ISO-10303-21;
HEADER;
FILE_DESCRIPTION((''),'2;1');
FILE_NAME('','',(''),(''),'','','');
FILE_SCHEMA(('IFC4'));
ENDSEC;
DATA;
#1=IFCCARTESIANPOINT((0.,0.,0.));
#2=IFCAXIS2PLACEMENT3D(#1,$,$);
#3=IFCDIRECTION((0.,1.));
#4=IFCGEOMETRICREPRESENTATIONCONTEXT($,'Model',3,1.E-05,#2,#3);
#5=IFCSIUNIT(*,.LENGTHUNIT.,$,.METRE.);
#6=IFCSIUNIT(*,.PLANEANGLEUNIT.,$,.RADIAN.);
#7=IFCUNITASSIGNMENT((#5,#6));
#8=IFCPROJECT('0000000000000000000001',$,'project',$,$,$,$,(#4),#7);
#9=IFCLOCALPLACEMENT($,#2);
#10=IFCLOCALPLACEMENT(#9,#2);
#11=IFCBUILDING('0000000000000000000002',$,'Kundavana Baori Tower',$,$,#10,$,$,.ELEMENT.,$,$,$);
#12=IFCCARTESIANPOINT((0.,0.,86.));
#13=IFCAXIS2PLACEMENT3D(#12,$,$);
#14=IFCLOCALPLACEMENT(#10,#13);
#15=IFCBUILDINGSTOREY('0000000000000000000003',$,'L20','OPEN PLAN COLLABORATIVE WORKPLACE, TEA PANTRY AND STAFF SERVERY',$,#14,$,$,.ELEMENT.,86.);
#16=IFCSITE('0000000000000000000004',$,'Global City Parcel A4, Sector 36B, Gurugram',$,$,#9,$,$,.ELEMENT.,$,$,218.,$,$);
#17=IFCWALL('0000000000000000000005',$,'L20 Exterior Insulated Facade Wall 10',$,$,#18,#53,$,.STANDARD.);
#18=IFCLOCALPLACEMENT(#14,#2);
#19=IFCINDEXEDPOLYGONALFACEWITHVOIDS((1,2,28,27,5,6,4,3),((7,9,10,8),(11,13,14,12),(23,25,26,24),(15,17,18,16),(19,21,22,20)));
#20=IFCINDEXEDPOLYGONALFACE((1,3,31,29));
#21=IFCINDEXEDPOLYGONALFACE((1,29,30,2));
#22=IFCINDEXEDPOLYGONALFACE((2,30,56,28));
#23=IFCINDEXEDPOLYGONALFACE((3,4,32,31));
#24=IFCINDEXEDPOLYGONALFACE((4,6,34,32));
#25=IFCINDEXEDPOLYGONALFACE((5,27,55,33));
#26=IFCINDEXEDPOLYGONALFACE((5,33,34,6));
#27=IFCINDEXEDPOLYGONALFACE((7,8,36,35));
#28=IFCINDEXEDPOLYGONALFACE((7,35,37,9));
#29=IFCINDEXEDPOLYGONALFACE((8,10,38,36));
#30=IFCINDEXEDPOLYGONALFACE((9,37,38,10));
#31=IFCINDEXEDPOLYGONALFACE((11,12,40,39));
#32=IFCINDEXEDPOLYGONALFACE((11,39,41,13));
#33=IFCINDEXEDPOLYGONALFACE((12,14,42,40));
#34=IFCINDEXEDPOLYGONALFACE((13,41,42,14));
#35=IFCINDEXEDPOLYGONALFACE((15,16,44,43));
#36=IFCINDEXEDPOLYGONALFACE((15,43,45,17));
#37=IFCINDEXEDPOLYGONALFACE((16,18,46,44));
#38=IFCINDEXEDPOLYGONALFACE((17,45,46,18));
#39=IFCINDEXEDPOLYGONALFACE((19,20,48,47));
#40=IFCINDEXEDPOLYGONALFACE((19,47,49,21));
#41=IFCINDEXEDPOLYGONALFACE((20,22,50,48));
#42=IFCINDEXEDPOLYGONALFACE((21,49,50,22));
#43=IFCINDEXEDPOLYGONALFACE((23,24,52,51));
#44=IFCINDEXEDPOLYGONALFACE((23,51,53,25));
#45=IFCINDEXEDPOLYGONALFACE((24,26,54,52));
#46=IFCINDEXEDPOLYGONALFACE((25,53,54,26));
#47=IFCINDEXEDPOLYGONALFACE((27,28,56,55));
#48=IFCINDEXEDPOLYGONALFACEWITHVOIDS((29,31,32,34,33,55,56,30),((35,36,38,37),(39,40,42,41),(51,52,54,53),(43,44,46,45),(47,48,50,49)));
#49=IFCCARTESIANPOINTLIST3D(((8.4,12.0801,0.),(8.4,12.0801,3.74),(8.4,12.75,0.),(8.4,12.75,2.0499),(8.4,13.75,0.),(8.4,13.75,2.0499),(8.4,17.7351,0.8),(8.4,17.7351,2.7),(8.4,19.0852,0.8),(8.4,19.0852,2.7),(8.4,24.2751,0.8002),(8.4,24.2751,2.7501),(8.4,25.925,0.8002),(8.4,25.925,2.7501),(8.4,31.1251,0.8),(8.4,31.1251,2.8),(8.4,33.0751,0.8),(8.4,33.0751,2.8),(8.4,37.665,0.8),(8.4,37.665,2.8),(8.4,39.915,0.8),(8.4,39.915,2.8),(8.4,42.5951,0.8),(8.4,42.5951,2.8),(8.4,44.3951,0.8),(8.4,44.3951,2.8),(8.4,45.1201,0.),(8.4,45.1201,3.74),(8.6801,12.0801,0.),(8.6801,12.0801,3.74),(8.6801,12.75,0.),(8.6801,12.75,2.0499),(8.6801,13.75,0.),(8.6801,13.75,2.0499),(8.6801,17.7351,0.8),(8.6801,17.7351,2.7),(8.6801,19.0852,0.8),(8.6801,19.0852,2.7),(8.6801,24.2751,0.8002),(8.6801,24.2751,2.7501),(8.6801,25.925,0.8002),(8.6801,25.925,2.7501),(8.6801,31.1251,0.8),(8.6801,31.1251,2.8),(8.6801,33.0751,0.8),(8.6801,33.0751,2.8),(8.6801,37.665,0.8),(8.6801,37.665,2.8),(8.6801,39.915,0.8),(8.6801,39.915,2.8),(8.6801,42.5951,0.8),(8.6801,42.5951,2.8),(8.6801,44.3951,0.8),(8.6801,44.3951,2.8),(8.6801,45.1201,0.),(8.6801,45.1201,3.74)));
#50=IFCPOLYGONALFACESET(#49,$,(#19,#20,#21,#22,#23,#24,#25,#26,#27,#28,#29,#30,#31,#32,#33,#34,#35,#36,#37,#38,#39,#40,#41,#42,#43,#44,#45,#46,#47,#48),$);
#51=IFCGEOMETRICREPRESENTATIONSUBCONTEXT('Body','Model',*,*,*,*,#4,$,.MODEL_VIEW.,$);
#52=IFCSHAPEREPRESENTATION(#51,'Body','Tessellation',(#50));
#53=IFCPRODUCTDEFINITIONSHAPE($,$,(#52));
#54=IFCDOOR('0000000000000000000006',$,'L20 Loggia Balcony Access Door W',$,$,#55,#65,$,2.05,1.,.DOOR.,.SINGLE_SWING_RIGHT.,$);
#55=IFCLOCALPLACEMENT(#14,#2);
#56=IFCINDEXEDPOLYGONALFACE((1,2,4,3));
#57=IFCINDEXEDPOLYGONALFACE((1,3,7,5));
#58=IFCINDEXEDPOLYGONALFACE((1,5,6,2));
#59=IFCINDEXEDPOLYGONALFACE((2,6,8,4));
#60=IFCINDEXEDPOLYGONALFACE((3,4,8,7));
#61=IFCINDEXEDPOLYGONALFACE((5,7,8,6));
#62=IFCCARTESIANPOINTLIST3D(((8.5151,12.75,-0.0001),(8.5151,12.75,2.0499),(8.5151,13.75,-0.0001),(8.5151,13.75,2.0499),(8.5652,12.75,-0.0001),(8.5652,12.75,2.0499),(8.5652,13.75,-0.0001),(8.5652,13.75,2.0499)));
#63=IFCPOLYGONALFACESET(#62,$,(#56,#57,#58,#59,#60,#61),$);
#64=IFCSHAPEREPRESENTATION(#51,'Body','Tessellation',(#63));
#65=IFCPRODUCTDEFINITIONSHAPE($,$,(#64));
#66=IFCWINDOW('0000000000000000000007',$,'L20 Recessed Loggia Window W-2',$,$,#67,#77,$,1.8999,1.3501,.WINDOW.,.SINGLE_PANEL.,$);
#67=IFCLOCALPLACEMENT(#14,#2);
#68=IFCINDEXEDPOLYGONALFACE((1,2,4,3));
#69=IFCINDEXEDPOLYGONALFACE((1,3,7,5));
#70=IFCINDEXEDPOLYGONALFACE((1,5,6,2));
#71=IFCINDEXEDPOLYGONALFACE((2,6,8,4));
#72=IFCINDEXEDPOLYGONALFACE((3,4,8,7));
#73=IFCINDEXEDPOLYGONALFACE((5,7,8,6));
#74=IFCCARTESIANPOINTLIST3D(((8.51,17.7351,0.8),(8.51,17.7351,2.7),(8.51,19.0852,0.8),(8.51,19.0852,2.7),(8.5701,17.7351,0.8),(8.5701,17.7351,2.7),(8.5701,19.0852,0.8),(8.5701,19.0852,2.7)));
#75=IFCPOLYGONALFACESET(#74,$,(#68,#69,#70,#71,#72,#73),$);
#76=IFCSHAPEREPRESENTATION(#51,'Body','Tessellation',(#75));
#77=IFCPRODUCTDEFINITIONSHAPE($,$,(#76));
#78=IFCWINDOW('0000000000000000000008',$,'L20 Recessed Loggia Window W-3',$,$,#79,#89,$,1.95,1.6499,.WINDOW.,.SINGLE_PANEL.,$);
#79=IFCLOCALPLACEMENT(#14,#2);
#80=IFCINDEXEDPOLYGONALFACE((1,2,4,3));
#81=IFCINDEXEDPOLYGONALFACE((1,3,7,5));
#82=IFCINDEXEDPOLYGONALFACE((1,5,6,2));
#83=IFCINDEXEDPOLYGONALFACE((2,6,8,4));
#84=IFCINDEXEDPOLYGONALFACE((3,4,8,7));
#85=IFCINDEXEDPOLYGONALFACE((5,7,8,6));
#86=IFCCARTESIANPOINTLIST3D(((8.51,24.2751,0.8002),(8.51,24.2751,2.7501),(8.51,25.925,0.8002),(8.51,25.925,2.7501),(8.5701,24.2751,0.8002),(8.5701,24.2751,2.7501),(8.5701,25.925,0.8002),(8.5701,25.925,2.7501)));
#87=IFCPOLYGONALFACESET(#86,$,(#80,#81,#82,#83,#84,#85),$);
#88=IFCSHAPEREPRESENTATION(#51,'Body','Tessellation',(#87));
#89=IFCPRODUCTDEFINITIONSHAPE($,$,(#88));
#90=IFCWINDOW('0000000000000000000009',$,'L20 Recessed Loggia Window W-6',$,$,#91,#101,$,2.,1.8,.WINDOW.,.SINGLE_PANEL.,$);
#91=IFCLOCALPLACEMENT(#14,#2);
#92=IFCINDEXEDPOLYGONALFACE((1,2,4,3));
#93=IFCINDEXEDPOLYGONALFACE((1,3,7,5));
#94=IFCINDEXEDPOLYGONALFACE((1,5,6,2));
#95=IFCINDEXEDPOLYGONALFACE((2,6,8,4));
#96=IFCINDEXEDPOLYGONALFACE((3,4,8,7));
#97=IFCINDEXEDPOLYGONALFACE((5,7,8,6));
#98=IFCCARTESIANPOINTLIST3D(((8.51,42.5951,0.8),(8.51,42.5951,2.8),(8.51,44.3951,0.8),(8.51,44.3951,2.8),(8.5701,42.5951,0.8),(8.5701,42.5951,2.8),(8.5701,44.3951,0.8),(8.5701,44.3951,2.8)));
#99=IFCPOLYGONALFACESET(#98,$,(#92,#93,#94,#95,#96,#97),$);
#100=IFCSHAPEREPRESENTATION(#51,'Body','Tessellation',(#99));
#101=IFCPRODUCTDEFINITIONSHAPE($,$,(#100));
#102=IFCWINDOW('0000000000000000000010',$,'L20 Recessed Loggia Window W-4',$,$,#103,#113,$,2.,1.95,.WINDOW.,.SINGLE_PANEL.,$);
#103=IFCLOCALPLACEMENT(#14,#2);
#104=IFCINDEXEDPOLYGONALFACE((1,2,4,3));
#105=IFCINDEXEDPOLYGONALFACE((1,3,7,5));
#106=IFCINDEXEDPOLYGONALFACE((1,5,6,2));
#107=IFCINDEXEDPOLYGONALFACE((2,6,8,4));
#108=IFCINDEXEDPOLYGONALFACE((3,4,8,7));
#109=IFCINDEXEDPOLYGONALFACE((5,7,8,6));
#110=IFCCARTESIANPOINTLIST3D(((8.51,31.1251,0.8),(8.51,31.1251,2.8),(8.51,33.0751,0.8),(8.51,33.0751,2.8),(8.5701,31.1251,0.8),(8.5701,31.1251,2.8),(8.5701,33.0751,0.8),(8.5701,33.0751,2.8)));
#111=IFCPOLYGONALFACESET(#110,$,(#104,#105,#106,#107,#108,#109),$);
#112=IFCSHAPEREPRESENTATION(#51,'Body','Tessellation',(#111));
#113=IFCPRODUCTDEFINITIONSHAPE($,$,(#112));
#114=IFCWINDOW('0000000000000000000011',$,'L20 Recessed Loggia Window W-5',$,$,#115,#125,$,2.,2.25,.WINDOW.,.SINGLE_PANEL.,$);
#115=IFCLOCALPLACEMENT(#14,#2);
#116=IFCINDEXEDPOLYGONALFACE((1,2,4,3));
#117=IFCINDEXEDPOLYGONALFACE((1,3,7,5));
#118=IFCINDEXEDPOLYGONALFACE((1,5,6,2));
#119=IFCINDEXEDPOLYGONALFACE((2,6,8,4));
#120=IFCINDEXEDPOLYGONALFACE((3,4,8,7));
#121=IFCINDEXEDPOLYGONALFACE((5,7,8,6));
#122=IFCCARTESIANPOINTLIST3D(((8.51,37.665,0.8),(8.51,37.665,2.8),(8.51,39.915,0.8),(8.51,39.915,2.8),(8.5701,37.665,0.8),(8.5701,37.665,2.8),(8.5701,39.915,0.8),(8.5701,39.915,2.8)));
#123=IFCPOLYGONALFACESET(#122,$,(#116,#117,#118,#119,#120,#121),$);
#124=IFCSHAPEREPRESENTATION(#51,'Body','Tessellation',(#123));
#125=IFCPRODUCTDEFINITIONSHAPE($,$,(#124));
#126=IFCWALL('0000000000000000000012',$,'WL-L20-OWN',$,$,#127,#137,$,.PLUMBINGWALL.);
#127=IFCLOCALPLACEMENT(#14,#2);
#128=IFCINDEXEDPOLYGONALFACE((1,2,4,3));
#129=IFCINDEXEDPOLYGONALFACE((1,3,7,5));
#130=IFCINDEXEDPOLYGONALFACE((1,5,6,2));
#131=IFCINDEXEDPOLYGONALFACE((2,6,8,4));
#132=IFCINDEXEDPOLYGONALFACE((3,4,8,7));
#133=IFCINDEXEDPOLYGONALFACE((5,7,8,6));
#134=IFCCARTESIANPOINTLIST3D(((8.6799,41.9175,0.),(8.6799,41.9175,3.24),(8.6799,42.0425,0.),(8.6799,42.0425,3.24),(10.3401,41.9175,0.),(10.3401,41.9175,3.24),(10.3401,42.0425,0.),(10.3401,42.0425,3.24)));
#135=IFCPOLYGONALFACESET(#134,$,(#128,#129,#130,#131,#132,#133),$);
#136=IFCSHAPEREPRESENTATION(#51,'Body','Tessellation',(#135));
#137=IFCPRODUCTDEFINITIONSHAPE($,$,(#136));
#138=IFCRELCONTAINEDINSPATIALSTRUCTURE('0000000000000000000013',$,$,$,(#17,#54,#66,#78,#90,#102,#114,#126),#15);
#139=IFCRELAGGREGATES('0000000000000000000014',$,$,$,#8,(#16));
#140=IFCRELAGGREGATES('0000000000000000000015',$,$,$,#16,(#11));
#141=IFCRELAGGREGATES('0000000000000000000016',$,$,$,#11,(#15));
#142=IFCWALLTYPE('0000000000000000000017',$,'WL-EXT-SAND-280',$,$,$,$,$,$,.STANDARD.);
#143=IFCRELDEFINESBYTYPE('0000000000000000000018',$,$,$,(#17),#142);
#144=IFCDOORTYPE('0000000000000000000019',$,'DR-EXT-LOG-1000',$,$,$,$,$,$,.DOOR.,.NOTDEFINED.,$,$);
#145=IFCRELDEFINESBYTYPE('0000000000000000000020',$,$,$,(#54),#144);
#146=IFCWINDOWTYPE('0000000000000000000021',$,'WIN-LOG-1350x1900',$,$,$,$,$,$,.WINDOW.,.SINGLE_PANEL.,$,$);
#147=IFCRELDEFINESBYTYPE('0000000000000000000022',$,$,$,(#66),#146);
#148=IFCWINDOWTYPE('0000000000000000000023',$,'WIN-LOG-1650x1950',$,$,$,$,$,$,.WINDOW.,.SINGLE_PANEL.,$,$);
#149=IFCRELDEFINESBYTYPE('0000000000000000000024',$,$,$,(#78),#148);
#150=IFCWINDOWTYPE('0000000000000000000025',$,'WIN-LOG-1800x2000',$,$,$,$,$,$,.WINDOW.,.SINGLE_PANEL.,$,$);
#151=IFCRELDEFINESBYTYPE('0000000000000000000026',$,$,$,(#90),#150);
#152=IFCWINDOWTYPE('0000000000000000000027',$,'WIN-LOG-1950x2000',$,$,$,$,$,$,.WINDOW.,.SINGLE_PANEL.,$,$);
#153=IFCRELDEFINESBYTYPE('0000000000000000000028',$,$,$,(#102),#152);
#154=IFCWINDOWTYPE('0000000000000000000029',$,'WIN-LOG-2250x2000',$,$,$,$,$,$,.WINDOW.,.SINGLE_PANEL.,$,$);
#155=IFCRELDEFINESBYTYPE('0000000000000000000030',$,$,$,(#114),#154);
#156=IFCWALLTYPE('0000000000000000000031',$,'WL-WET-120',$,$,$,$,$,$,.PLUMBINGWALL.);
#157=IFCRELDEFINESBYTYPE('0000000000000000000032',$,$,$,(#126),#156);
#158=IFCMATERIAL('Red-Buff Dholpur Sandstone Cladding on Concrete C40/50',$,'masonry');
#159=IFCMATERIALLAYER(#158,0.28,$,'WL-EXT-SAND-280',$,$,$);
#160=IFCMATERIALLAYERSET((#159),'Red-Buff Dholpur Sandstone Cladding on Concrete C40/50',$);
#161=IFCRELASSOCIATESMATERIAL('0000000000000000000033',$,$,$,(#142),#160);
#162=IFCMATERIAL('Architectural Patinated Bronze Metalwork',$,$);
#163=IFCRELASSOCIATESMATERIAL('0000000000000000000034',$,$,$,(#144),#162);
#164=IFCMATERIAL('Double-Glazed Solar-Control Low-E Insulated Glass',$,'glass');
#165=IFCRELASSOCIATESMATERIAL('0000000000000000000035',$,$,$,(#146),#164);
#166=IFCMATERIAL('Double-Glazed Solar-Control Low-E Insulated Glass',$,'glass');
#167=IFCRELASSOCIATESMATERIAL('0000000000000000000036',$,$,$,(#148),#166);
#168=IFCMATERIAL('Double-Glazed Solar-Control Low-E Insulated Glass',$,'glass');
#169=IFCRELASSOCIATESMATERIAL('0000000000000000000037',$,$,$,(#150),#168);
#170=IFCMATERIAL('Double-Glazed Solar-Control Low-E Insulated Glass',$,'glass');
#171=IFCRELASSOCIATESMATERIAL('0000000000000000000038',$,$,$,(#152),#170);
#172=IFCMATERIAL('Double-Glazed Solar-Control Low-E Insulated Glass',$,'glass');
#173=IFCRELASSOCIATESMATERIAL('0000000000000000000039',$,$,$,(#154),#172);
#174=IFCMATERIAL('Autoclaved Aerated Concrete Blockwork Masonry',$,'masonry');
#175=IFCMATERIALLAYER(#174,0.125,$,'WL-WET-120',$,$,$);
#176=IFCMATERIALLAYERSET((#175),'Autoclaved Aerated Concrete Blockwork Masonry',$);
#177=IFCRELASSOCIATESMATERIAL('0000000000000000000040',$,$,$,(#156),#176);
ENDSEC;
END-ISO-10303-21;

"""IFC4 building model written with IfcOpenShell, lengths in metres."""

from ifc_helpers import new_model, si_unit, direction, frame, frame_2d, origin, place, context, subcontext, project, spatial, rectangle, extrude, material, layer, layer_set, type_object, element, fill, save


model = new_model("IFC4")

# Units and contexts
model_context = context("Model", 3, precision=1e-05, world=origin(), true_north=direction((0.0, 1.0)))
body_context = subcontext(model_context, "Body", "Model", "MODEL_VIEW")
ifc_project = project(units=[si_unit("LENGTHUNIT", "METRE"), si_unit("PLANEANGLEUNIT", "RADIAN")], contexts=[model_context])

# Site, building, storey
site_placement = place(None, origin())
site = spatial("IfcSite", under=ifc_project, at=site_placement, Name="Global City Parcel A4, Sector 36B, Gurugram", CompositionType="ELEMENT", RefElevation=218.0)
building_placement = place(site_placement, origin())
building = spatial("IfcBuilding", under=site, at=building_placement, Name="Kundavana Baori Tower", CompositionType="ELEMENT")
storey_placement = place(building_placement, frame((0.0, 0.0, 86.0)))
storey = spatial("IfcBuildingStorey", under=building, at=storey_placement, Name="L20", Description="OPEN PLAN COLLABORATIVE WORKPLACE, TEA PANTRY AND STAFF SERVERY", CompositionType="ELEMENT", Elevation=86.0)

# Shared definitions
ifc_material_1 = material(Name="Red-Buff Dholpur Sandstone Cladding on Concrete C40/50", Category="masonry")
ifc_layer_1 = layer(ifc_material_1, 0.28, Name="WL-EXT-SAND-280")
ifc_layer_set_1 = layer_set([ifc_layer_1], Name="Red-Buff Dholpur Sandstone Cladding on Concrete C40/50")
wall_type_1 = type_object("IfcWallType", Name="WL-EXT-SAND-280", PredefinedType="STANDARD", material=ifc_layer_set_1)

# Wall, openings, door, windows
wall_1_placement = place(storey_placement, frame((8.54, 45.1201, 0.0), z_axis=(0.0, 0.0, 1.0), x_axis=(0.0, -1.0, 0.0)))
wall_1 = element("IfcWall", 1, at=wall_1_placement, inside=storey, type_object=wall_type_1, Name="L20 Exterior Insulated Facade Wall 10", PredefinedType="STANDARD", context=body_context, shape_type="SweptSolid", body=[
    extrude(rectangle(XDim=33.04, YDim=0.28, at=frame_2d((16.52, 0.0))), origin(), (0.0, 0.0, 1.0), 3.74),
])
opening_1_placement = place(wall_1_placement, frame((31.3701, 0.0, 0.0)))
opening_1 = element("IfcOpeningElement", 2, at=opening_1_placement, cuts=wall_1, PredefinedType="OPENING", context=body_context, shape_type="SweptSolid", body=[
    extrude(rectangle(XDim=1.0, YDim=2.05, at=frame_2d((0.5, 1.0249))), frame((0.0, 0.1499, 0.0), z_axis=(0.0, -1.0, 0.0), x_axis=(1.0, 0.0, 0.0)), (0.0, 0.0, 1.0), 0.3),
])
opening_2_placement = place(wall_1_placement, frame((26.0349, 0.0, 0.8)))
opening_2 = element("IfcOpeningElement", 3, at=opening_2_placement, cuts=wall_1, PredefinedType="OPENING", context=body_context, shape_type="SweptSolid", body=[
    extrude(rectangle(XDim=1.3501, YDim=1.8999, at=frame_2d((0.675, 0.95))), frame((0.0, 0.1499, 0.0), z_axis=(0.0, -1.0, 0.0), x_axis=(1.0, 0.0, 0.0)), (0.0, 0.0, 1.0), 0.3),
])
opening_3_placement = place(wall_1_placement, frame((19.1951, 0.0, 0.8)))
opening_3 = element("IfcOpeningElement", 4, at=opening_3_placement, cuts=wall_1, PredefinedType="OPENING", context=body_context, shape_type="SweptSolid", body=[
    extrude(rectangle(XDim=1.6499, YDim=1.95, at=frame_2d((0.825, 0.9751))), frame((0.0, 0.1499, 0.0), z_axis=(0.0, -1.0, 0.0), x_axis=(1.0, 0.0, 0.0)), (0.0, 0.0, 1.0), 0.3),
])
opening_4_placement = place(wall_1_placement, frame((12.0449, 0.0, 0.8)))
opening_4 = element("IfcOpeningElement", 5, at=opening_4_placement, cuts=wall_1, PredefinedType="OPENING", context=body_context, shape_type="SweptSolid", body=[
    extrude(rectangle(XDim=1.95, YDim=2.0, at=frame_2d((0.9751, 1.0))), frame((0.0, 0.1499, 0.0), z_axis=(0.0, -1.0, 0.0), x_axis=(1.0, 0.0, 0.0)), (0.0, 0.0, 1.0), 0.3),
])
opening_5_placement = place(wall_1_placement, frame((5.2051, 0.0, 0.8)))
opening_5 = element("IfcOpeningElement", 6, at=opening_5_placement, cuts=wall_1, PredefinedType="OPENING", context=body_context, shape_type="SweptSolid", body=[
    extrude(rectangle(XDim=2.25, YDim=2.0, at=frame_2d((1.125, 1.0))), frame((0.0, 0.1499, 0.0), z_axis=(0.0, -1.0, 0.0), x_axis=(1.0, 0.0, 0.0)), (0.0, 0.0, 1.0), 0.3),
])
opening_6_placement = place(wall_1_placement, frame((0.7251, 0.0, 0.8)))
opening_6 = element("IfcOpeningElement", 7, at=opening_6_placement, cuts=wall_1, PredefinedType="OPENING", context=body_context, shape_type="SweptSolid", body=[
    extrude(rectangle(XDim=1.8, YDim=2.0, at=frame_2d((0.8999, 1.0))), frame((0.0, 0.1499, 0.0), z_axis=(0.0, -1.0, 0.0), x_axis=(1.0, 0.0, 0.0)), (0.0, 0.0, 1.0), 0.3),
])
ifc_material_2 = material(Name="Architectural Patinated Bronze Metalwork")
door_type_1 = type_object("IfcDoorType", Name="DR-EXT-LOG-1000", OperationType="NOTDEFINED", PredefinedType="DOOR", material=ifc_material_2)
door_1_placement = place(opening_1_placement, frame((1.0, 0.0, 0.0), z_axis=(0.0, 0.0, 1.0), x_axis=(-1.0, 0.0, 0.0)))
door_1 = element("IfcDoor", 8, at=door_1_placement, inside=storey, type_object=door_type_1, Name="L20 Loggia Balcony Access Door W", OperationType="SINGLE_SWING_RIGHT", OverallHeight=2.05, OverallWidth=1.0, PredefinedType="DOOR", context=body_context, shape_type="SweptSolid", body=[
    extrude(rectangle(XDim=1.0, YDim=2.05, at=frame_2d((0.5, 1.0249))), frame((0.0, 0.0249, 0.0), z_axis=(0.0, -1.0, 0.0), x_axis=(1.0, 0.0, 0.0)), (0.0, 0.0, 1.0), 0.05),
])
fill(opening_1, door_1)
ifc_material_3 = material(Name="Double-Glazed Solar-Control Low-E Insulated Glass", Category="glass")
window_type_1 = type_object("IfcWindowType", Name="WIN-LOG-1350x1900", PartitioningType="SINGLE_PANEL", PredefinedType="WINDOW", material=ifc_material_3)
window_1_placement = place(opening_2_placement, origin())
window_1 = element("IfcWindow", 9, at=window_1_placement, inside=storey, type_object=window_type_1, Name="L20 Recessed Loggia Window W-2", OverallHeight=1.8999, OverallWidth=1.3501, PartitioningType="SINGLE_PANEL", PredefinedType="WINDOW", context=body_context, shape_type="SweptSolid", body=[
    extrude(rectangle(XDim=1.3501, YDim=1.8999, at=frame_2d((0.675, 0.95))), frame((0.0, 0.03, 0.0), z_axis=(0.0, -1.0, 0.0), x_axis=(1.0, 0.0, 0.0)), (0.0, 0.0, 1.0), 0.0601),
])
fill(opening_2, window_1)
ifc_material_4 = material(Name="Double-Glazed Solar-Control Low-E Insulated Glass", Category="glass")
window_type_2 = type_object("IfcWindowType", Name="WIN-LOG-1650x1950", PartitioningType="SINGLE_PANEL", PredefinedType="WINDOW", material=ifc_material_4)
window_2_placement = place(opening_3_placement, origin())
window_2 = element("IfcWindow", 10, at=window_2_placement, inside=storey, type_object=window_type_2, Name="L20 Recessed Loggia Window W-3", OverallHeight=1.95, OverallWidth=1.6499, PartitioningType="SINGLE_PANEL", PredefinedType="WINDOW", context=body_context, shape_type="SweptSolid", body=[
    extrude(rectangle(XDim=1.6499, YDim=1.95, at=frame_2d((0.825, 0.9751))), frame((0.0, 0.03, 0.0), z_axis=(0.0, -1.0, 0.0), x_axis=(1.0, 0.0, 0.0)), (0.0, 0.0, 1.0), 0.0601),
])
fill(opening_3, window_2)
ifc_material_5 = material(Name="Double-Glazed Solar-Control Low-E Insulated Glass", Category="glass")
window_type_3 = type_object("IfcWindowType", Name="WIN-LOG-1800x2000", PartitioningType="SINGLE_PANEL", PredefinedType="WINDOW", material=ifc_material_5)
window_3_placement = place(opening_6_placement, origin())
window_3 = element("IfcWindow", 11, at=window_3_placement, inside=storey, type_object=window_type_3, Name="L20 Recessed Loggia Window W-6", OverallHeight=2.0, OverallWidth=1.8, PartitioningType="SINGLE_PANEL", PredefinedType="WINDOW", context=body_context, shape_type="SweptSolid", body=[
    extrude(rectangle(XDim=1.8, YDim=2.0, at=frame_2d((0.8999, 1.0))), frame((0.0, 0.03, 0.0), z_axis=(0.0, -1.0, 0.0), x_axis=(1.0, 0.0, 0.0)), (0.0, 0.0, 1.0), 0.0601),
])
fill(opening_6, window_3)
ifc_material_6 = material(Name="Double-Glazed Solar-Control Low-E Insulated Glass", Category="glass")
window_type_4 = type_object("IfcWindowType", Name="WIN-LOG-1950x2000", PartitioningType="SINGLE_PANEL", PredefinedType="WINDOW", material=ifc_material_6)
window_4_placement = place(opening_4_placement, origin())
window_4 = element("IfcWindow", 12, at=window_4_placement, inside=storey, type_object=window_type_4, Name="L20 Recessed Loggia Window W-4", OverallHeight=2.0, OverallWidth=1.95, PartitioningType="SINGLE_PANEL", PredefinedType="WINDOW", context=body_context, shape_type="SweptSolid", body=[
    extrude(rectangle(XDim=1.95, YDim=2.0, at=frame_2d((0.9751, 1.0))), frame((0.0, 0.03, 0.0), z_axis=(0.0, -1.0, 0.0), x_axis=(1.0, 0.0, 0.0)), (0.0, 0.0, 1.0), 0.0601),
])
fill(opening_4, window_4)
ifc_material_7 = material(Name="Double-Glazed Solar-Control Low-E Insulated Glass", Category="glass")
window_type_5 = type_object("IfcWindowType", Name="WIN-LOG-2250x2000", PartitioningType="SINGLE_PANEL", PredefinedType="WINDOW", material=ifc_material_7)
window_5_placement = place(opening_5_placement, origin())
window_5 = element("IfcWindow", 13, at=window_5_placement, inside=storey, type_object=window_type_5, Name="L20 Recessed Loggia Window W-5", OverallHeight=2.0, OverallWidth=2.25, PartitioningType="SINGLE_PANEL", PredefinedType="WINDOW", context=body_context, shape_type="SweptSolid", body=[
    extrude(rectangle(XDim=2.25, YDim=2.0, at=frame_2d((1.125, 1.0))), frame((0.0, 0.03, 0.0), z_axis=(0.0, -1.0, 0.0), x_axis=(1.0, 0.0, 0.0)), (0.0, 0.0, 1.0), 0.0601),
])
fill(opening_5, window_5)

# Wall
ifc_material_8 = material(Name="Autoclaved Aerated Concrete Blockwork Masonry", Category="masonry")
ifc_layer_2 = layer(ifc_material_8, 0.125, Name="WL-WET-120")
ifc_layer_set_2 = layer_set([ifc_layer_2], Name="Autoclaved Aerated Concrete Blockwork Masonry")
wall_type_2 = type_object("IfcWallType", Name="WL-WET-120", PredefinedType="PLUMBINGWALL", material=ifc_layer_set_2)
wall_2_placement = place(storey_placement, frame((8.6799, 41.98, 0.0), z_axis=(0.0, 0.0, 1.0), x_axis=(1.0, 0.0, 0.0)))
element("IfcWall", 14, at=wall_2_placement, inside=storey, type_object=wall_type_2, Name="WL-L20-OWN", PredefinedType="PLUMBINGWALL", context=body_context, shape_type="SweptSolid", body=[
    extrude(rectangle(XDim=1.6602, YDim=0.125, at=frame_2d((0.8301, 0.0))), origin(), (0.0, 0.0, 1.0), 3.24),
])

save(model, "model.ifc")
